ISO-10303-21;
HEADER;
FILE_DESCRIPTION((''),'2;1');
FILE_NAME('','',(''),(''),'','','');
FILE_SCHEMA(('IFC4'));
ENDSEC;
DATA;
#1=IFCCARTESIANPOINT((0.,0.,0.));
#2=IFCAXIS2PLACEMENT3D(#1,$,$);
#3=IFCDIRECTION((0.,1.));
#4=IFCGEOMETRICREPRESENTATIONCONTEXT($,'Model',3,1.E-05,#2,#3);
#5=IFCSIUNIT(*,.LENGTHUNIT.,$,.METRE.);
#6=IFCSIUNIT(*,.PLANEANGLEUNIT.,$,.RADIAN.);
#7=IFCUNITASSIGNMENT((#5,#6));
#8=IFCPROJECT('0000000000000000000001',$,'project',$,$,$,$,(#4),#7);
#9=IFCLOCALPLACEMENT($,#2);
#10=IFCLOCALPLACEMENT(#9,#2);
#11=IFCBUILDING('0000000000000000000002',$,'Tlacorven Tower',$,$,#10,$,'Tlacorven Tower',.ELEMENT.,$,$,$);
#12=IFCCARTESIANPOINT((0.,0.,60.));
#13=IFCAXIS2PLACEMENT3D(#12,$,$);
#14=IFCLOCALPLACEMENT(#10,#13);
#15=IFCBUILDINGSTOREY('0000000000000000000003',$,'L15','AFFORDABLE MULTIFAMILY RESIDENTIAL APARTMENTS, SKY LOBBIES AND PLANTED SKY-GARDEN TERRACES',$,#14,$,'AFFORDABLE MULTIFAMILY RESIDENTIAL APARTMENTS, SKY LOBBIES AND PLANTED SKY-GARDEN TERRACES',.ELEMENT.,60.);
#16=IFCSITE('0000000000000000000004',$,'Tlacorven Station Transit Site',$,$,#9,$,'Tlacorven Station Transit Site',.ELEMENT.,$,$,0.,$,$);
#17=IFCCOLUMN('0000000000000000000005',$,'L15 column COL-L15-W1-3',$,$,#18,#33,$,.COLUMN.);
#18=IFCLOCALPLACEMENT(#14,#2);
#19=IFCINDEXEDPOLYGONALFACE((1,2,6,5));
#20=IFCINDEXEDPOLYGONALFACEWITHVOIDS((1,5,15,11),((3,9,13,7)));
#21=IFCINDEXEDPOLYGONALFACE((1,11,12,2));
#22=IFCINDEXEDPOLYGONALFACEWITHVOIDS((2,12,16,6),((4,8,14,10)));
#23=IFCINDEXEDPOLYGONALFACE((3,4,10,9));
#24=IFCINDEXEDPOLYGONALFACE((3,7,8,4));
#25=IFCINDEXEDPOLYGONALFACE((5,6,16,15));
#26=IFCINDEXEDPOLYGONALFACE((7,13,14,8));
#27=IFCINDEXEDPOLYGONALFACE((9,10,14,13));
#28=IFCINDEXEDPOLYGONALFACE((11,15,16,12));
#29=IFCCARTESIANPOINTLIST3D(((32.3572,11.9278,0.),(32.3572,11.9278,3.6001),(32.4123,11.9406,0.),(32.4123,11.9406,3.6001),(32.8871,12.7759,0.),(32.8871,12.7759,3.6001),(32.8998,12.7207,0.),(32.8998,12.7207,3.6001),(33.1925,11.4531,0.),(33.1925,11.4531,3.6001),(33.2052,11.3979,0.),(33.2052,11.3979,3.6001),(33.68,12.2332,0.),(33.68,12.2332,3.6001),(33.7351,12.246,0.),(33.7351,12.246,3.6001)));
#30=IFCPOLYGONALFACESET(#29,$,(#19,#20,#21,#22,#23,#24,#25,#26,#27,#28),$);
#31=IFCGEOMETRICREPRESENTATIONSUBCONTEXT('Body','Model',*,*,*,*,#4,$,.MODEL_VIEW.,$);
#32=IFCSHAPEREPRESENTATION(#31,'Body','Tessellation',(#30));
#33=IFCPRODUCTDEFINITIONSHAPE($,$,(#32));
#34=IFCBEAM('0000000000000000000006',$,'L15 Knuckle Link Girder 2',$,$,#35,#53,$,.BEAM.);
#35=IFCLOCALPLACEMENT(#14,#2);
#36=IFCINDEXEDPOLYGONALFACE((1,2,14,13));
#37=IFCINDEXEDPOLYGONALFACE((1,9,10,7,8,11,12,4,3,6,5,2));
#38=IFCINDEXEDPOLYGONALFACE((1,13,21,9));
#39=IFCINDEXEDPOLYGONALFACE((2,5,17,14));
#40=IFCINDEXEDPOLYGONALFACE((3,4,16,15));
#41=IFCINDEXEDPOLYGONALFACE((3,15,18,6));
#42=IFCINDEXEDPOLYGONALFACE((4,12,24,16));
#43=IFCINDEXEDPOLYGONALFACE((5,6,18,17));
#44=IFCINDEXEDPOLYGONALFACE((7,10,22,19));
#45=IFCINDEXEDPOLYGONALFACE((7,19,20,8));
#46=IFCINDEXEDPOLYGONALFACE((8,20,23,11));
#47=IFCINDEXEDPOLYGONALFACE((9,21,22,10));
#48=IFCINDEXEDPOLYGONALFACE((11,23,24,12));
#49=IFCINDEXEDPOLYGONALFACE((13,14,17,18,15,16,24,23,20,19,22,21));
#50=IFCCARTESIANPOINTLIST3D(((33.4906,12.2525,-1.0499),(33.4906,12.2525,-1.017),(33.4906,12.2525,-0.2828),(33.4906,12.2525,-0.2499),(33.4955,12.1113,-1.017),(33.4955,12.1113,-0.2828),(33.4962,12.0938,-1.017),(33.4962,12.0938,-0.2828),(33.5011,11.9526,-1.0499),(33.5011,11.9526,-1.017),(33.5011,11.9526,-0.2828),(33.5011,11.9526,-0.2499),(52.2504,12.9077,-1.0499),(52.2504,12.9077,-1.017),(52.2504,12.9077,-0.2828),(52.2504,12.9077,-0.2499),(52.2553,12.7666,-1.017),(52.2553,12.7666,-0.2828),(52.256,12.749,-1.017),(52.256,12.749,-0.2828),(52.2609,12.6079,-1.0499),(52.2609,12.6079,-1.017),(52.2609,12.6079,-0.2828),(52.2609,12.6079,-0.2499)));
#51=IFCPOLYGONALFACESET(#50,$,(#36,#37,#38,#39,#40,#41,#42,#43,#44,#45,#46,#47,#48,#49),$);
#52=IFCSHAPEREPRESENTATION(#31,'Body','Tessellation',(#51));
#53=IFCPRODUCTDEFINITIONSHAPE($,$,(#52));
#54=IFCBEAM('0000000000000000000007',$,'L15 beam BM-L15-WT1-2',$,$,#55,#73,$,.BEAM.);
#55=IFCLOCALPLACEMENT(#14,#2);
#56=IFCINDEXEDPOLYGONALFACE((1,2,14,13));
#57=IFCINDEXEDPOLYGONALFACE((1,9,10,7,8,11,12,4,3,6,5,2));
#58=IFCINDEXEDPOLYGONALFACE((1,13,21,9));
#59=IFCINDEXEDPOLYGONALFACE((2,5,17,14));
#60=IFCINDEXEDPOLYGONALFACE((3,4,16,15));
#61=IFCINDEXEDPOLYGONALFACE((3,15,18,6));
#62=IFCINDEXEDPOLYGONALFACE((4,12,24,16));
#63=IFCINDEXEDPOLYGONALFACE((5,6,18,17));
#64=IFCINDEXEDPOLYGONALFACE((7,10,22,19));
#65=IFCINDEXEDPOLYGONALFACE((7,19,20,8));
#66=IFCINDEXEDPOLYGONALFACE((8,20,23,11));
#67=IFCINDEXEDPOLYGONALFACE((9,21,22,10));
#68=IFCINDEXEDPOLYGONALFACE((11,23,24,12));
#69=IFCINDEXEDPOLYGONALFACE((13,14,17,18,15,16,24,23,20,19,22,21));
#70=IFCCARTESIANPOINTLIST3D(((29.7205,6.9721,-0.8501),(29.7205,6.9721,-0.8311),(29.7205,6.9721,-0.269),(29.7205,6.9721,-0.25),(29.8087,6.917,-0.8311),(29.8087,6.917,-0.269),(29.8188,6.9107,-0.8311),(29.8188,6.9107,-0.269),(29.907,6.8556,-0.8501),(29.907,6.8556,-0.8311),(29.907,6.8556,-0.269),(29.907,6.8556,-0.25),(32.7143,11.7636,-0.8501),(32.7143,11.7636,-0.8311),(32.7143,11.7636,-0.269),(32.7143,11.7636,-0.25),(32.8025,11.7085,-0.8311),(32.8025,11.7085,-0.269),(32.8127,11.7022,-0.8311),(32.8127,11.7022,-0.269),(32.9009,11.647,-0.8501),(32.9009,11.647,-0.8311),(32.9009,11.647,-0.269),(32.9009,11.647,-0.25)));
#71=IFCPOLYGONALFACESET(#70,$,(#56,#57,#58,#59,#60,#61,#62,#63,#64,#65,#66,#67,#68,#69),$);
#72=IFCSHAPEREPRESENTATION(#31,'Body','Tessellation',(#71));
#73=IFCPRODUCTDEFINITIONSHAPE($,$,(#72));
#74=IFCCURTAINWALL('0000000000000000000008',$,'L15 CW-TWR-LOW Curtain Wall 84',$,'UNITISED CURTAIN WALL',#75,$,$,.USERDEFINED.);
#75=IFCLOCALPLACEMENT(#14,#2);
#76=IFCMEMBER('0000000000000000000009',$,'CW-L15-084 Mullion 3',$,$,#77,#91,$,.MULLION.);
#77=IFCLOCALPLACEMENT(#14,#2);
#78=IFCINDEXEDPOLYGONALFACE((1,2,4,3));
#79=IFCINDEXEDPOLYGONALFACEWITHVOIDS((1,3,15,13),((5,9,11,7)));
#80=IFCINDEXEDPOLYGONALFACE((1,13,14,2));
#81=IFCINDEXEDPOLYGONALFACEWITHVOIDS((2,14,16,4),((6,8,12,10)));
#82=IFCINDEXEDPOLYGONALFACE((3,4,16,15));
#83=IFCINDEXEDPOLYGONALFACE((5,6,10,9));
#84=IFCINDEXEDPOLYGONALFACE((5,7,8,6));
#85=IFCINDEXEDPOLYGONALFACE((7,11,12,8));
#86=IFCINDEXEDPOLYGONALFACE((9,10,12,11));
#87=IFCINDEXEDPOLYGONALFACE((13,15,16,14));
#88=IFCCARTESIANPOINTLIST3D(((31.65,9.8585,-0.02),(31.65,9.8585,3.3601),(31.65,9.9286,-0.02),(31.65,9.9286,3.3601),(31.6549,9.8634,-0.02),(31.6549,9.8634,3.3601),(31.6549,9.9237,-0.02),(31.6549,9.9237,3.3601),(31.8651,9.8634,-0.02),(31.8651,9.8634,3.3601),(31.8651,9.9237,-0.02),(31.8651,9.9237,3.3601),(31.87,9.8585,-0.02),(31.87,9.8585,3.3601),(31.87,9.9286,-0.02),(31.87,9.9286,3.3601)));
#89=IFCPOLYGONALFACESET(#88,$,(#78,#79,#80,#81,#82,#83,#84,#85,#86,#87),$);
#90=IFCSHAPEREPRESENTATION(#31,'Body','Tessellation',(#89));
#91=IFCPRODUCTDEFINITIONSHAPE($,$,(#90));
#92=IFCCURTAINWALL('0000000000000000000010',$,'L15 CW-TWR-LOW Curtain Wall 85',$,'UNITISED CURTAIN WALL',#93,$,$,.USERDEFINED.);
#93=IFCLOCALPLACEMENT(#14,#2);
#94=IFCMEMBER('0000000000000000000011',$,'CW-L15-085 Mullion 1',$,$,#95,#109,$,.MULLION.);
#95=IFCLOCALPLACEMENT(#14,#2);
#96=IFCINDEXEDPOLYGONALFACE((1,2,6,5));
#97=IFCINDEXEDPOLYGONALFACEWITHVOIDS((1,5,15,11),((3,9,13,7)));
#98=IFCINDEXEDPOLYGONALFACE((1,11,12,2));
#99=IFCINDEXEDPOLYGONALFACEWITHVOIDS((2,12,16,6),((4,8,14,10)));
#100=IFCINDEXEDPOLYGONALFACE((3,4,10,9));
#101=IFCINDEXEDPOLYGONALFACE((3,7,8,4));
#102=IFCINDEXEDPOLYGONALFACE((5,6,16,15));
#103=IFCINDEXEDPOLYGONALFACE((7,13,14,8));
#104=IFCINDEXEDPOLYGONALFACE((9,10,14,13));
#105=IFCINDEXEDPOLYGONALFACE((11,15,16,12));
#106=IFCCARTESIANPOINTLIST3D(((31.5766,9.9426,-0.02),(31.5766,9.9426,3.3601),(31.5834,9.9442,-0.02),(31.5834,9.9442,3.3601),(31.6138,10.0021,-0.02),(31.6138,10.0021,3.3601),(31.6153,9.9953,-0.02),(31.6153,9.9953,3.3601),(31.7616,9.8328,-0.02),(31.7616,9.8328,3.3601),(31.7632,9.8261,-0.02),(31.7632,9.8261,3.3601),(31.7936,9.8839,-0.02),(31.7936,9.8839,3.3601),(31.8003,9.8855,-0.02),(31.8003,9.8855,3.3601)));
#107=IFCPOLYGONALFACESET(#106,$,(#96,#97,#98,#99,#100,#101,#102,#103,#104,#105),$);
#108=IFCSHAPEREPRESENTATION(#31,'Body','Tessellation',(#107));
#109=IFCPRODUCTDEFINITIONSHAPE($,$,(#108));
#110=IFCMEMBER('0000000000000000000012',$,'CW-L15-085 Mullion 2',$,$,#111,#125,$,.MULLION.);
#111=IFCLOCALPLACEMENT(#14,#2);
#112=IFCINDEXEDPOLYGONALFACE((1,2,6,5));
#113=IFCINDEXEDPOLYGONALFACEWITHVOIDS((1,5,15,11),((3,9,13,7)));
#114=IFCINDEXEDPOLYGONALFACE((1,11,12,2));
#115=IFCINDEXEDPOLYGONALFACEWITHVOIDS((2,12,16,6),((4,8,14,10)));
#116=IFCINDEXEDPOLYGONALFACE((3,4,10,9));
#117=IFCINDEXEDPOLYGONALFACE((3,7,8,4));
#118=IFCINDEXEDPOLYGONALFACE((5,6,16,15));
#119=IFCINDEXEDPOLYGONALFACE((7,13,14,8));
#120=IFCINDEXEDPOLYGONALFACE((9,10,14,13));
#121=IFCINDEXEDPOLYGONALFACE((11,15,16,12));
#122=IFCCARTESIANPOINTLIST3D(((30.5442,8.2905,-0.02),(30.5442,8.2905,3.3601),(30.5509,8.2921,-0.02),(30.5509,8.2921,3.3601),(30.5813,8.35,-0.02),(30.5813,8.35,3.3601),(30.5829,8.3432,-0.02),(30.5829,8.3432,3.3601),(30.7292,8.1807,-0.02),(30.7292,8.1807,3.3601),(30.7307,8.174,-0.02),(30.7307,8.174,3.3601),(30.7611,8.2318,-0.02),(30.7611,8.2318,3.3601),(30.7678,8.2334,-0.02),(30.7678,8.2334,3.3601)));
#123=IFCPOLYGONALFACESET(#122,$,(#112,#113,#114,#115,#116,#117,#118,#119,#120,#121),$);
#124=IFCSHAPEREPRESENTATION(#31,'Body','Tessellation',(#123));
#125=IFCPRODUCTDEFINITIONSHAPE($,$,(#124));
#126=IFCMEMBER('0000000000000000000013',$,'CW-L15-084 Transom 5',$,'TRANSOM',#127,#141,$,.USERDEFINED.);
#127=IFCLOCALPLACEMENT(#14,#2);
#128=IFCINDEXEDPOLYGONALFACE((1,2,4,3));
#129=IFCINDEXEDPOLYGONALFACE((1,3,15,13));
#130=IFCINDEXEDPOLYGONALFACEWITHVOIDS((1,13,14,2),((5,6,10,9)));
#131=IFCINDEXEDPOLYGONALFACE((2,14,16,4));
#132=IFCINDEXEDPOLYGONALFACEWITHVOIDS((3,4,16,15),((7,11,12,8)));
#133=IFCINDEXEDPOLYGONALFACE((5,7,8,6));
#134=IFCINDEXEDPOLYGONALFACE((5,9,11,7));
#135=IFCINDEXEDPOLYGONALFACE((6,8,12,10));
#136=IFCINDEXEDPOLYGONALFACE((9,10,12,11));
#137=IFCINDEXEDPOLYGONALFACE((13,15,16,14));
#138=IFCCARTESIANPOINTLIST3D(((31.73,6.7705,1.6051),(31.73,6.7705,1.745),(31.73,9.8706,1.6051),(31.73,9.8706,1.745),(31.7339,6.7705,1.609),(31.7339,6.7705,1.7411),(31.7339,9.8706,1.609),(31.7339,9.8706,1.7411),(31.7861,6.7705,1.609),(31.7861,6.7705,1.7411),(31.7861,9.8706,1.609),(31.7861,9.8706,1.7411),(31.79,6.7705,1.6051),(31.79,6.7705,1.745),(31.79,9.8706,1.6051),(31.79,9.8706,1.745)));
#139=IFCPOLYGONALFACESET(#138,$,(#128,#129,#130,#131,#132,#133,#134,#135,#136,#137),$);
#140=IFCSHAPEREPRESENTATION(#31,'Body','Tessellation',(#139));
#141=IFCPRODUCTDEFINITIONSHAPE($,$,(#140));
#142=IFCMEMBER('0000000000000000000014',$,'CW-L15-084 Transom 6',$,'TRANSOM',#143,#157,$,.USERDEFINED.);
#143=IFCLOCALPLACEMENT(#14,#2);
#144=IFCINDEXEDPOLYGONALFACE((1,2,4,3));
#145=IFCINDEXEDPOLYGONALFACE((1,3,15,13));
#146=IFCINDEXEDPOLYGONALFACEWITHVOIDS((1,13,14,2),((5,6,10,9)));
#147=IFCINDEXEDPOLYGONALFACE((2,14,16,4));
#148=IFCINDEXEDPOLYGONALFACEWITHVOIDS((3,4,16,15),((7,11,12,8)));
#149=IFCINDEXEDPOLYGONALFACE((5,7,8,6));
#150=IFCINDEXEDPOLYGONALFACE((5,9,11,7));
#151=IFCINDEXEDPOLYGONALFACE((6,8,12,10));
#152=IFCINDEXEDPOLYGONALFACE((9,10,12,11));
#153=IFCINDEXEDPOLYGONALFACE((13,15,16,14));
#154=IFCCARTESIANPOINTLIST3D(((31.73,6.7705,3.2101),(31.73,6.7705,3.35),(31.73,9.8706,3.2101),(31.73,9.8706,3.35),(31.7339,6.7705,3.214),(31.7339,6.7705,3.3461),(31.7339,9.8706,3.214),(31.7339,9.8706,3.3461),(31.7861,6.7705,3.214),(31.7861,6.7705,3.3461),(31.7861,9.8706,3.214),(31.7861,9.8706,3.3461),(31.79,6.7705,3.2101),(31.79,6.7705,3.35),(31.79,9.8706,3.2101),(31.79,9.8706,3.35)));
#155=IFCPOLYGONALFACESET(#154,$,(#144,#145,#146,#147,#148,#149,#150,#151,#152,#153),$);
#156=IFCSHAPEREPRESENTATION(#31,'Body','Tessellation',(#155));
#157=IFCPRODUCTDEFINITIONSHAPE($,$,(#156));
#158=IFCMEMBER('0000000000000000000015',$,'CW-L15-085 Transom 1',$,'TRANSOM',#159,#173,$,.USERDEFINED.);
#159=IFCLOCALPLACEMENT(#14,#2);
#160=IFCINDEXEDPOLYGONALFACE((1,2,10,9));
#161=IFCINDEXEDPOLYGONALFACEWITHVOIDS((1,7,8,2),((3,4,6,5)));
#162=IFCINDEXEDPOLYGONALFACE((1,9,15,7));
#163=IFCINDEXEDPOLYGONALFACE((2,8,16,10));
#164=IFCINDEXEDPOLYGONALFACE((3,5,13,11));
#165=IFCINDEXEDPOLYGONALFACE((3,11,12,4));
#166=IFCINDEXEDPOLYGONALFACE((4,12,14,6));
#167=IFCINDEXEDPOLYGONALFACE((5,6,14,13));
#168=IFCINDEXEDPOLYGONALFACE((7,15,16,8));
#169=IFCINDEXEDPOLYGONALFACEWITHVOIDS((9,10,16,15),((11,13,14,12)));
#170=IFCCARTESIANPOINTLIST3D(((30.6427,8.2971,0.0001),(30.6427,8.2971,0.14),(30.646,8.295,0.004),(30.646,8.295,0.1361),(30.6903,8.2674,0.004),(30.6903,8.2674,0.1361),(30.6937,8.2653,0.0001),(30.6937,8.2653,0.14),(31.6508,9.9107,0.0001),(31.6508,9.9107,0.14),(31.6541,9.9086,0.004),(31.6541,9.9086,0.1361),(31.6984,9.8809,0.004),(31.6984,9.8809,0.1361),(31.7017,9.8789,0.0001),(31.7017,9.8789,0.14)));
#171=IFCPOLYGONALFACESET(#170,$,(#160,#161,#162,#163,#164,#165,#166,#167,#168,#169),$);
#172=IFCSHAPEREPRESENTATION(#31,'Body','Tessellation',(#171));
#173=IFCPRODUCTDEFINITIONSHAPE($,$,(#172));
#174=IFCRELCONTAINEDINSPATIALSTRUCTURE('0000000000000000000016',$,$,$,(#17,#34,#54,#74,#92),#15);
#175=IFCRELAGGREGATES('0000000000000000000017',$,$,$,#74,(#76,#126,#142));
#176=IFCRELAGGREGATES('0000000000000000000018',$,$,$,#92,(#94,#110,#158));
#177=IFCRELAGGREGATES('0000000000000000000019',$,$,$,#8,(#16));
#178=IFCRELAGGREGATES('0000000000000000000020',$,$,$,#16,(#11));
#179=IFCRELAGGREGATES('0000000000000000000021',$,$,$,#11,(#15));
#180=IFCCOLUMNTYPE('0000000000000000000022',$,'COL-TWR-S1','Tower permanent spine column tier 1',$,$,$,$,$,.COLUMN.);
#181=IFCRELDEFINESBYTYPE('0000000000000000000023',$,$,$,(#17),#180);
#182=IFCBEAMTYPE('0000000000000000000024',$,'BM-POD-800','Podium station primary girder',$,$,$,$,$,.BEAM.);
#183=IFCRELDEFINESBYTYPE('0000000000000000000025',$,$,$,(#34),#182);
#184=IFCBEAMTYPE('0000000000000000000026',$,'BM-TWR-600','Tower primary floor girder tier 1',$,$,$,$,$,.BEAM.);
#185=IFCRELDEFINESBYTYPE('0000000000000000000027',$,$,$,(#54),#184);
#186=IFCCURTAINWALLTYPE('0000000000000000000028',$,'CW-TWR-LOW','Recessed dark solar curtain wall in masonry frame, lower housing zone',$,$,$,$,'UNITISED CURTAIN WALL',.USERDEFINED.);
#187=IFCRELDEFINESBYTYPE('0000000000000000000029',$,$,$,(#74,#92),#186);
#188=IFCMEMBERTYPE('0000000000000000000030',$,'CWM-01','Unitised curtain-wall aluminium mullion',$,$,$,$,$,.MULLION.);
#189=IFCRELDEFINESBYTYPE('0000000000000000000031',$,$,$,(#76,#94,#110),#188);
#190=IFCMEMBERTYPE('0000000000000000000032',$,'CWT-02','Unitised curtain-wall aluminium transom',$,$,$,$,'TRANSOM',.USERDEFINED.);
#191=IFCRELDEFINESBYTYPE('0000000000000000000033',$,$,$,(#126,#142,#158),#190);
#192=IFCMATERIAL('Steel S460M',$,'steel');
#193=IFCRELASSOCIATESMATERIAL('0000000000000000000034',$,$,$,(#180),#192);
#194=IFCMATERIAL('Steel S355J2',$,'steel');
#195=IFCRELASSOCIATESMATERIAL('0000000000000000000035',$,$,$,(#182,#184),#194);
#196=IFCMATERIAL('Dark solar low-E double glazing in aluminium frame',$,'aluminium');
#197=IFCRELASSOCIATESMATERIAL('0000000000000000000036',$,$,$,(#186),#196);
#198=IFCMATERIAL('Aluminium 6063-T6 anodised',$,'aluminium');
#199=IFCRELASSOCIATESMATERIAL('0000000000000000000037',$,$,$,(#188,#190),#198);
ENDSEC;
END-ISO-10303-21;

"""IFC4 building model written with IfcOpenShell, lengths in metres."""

from ifc_helpers import new_model, si_unit, direction, frame, origin, origin_2d, place, context, subcontext, project, spatial, hollow_rectangle, i_section, extrude, source, transform, mapped, material, material_profile, profile_set, type_object, element, aggregate, save


model = new_model("IFC4")

# Units and contexts
model_context = context("Model", 3, precision=1e-05, world=origin(), true_north=direction((0.0, 1.0)))
body_context = subcontext(model_context, "Body", "Model", "MODEL_VIEW")
ifc_project = project(units=[si_unit("LENGTHUNIT", "METRE"), si_unit("PLANEANGLEUNIT", "RADIAN")], contexts=[model_context])

# Site, building, storey
site_placement = place(None, origin())
site = spatial("IfcSite", under=ifc_project, at=site_placement, Name="Tlacorven Station Transit Site", LongName="Tlacorven Station Transit Site", CompositionType="ELEMENT", RefElevation=0.0)
building_placement = place(site_placement, origin())
building = spatial("IfcBuilding", under=site, at=building_placement, Name="Tlacorven Tower", LongName="Tlacorven Tower", CompositionType="ELEMENT")
storey_placement = place(building_placement, frame((0.0, 0.0, 60.0)))
storey = spatial("IfcBuildingStorey", under=building, at=storey_placement, Name="L15", Description="AFFORDABLE MULTIFAMILY RESIDENTIAL APARTMENTS, SKY LOBBIES AND PLANTED SKY-GARDEN TERRACES", LongName="AFFORDABLE MULTIFAMILY RESIDENTIAL APARTMENTS, SKY LOBBIES AND PLANTED SKY-GARDEN TERRACES", CompositionType="ELEMENT", Elevation=60.0)

# Column
ifc_material_1 = material(Name="Steel S460M", Category="steel")
ifc_material_profile_1 = material_profile(ifc_material_1, hollow_rectangle(XDim=1.0, YDim=1.0, WallThickness=0.04, at=origin_2d()), Name="BOX 1000X1000X40")
ifc_profile_set_1 = profile_set([ifc_material_profile_1], Name="Steel S460M")
column_type = type_object("IfcColumnType", Name="COL-TWR-S1", Description="Tower permanent spine column tier 1", PredefinedType="COLUMN", material=ifc_profile_set_1)
shared_shape_1 = source(origin(), body_context, "Body", "SweptSolid", [
    extrude(hollow_rectangle(XDim=1.0, YDim=1.0, WallThickness=0.04, at=origin_2d()), origin(), (0.0, 0.0, 1.0), 3.6001),
])
column_placement = place(storey_placement, frame((33.0461, 12.0869, 0.0), z_axis=(0.0, 0.0, 1.0), x_axis=(-0.848048, 0.529919, 0.0)))
element("IfcColumn", 1, at=column_placement, inside=storey, type_object=column_type, Name="L15 column COL-L15-W1-3", PredefinedType="COLUMN", context=body_context, shape_type="MappedRepresentation", body=[
    mapped(shared_shape_1, transform((0.0, 0.0, 0.0), scale=1.0)),
])

# Beams
ifc_material_2 = material(Name="Steel S355J2", Category="steel")
ifc_material_profile_2 = material_profile(ifc_material_2, i_section(OverallWidth=0.3, OverallDepth=0.8, WebThickness=0.0176, FlangeThickness=0.033, at=origin_2d()), Name="HEB 800")
ifc_profile_set_2 = profile_set([ifc_material_profile_2], Name="Steel S355J2")
beam_type_1 = type_object("IfcBeamType", Name="BM-POD-800", Description="Podium station primary girder", PredefinedType="BEAM", material=ifc_profile_set_2)
shared_shape_2 = source(origin(), body_context, "Body", "SweptSolid", [
    extrude(i_section(OverallWidth=0.3, OverallDepth=0.8, WebThickness=0.0176, FlangeThickness=0.033, at=origin_2d()), origin(), (0.0, 0.0, 1.0), 18.7712),
])
beam_1_placement = place(storey_placement, frame((33.4958, 12.1025, -0.6499), z_axis=(0.999391, 0.034908, 0.0), x_axis=(-0.034908, 0.999391, 0.0)))
element("IfcBeam", 2, at=beam_1_placement, inside=storey, type_object=beam_type_1, Name="L15 Knuckle Link Girder 2", PredefinedType="BEAM", context=body_context, shape_type="MappedRepresentation", body=[
    mapped(shared_shape_2, transform((0.0, 0.0, 0.0), scale=1.0)),
])
ifc_material_profile_3 = material_profile(ifc_material_2, i_section(OverallWidth=0.22, OverallDepth=0.6001, WebThickness=0.012, FlangeThickness=0.019, at=origin_2d()), Name="IPE 600")
ifc_profile_set_3 = profile_set([ifc_material_profile_3], Name="Steel S355J2")
beam_type_2 = type_object("IfcBeamType", Name="BM-TWR-600", Description="Tower primary floor girder tier 1", PredefinedType="BEAM", material=ifc_profile_set_3)
shared_shape_3 = source(origin(), body_context, "Body", "SweptSolid", [
    extrude(i_section(OverallWidth=0.22, OverallDepth=0.6001, WebThickness=0.012, FlangeThickness=0.019, at=origin_2d()), origin(), (0.0, 0.0, 1.0), 5.6499),
])
beam_2_placement = place(storey_placement, frame((32.8076, 11.7053, -0.55), z_axis=(-0.529898, -0.848061, 0.0), x_axis=(0.848061, -0.529898, 0.0)))
element("IfcBeam", 3, at=beam_2_placement, inside=storey, type_object=beam_type_2, Name="L15 beam BM-L15-WT1-2", PredefinedType="BEAM", context=body_context, shape_type="MappedRepresentation", body=[
    mapped(shared_shape_3, transform((0.0, 0.0, 0.0), scale=1.0)),
])

# Curtain wall, member
ifc_material_3 = material(Name="Dark solar low-E double glazing in aluminium frame", Category="aluminium")
curtain_wall_type = type_object("IfcCurtainWallType", Name="CW-TWR-LOW", Description="Recessed dark solar curtain wall in masonry frame, lower housing zone", ElementType="UNITISED CURTAIN WALL", PredefinedType="USERDEFINED", material=ifc_material_3)
curtain_wall_1_placement = place(storey_placement, origin())
curtain_wall_1 = element("IfcCurtainWall", 4, at=curtain_wall_1_placement, inside=storey, type_object=curtain_wall_type, Name="L15 CW-TWR-LOW Curtain Wall 84", ObjectType="UNITISED CURTAIN WALL", PredefinedType="USERDEFINED")
ifc_material_4 = material(Name="Aluminium 6063-T6 anodised", Category="aluminium")
ifc_material_profile_4 = material_profile(ifc_material_4, hollow_rectangle(XDim=0.0701, YDim=0.22, WallThickness=0.0049, at=origin_2d()), Name="ALU MULLION 70X220")
ifc_profile_set_4 = profile_set([ifc_material_profile_4], Name="Aluminium 6063-T6 anodised")
member_type_1 = type_object("IfcMemberType", Name="CWM-01", Description="Unitised curtain-wall aluminium mullion", PredefinedType="MULLION", material=ifc_profile_set_4)
shared_shape_4 = source(origin(), body_context, "Body", "SweptSolid", [
    extrude(hollow_rectangle(XDim=0.0701, YDim=0.22, WallThickness=0.0049, at=origin_2d()), origin(), (0.0, 0.0, 1.0), 3.3801),
])
member_1_placement = place(storey_placement, frame((31.76, 9.8936, -0.02), z_axis=(0.0, 0.0, 1.0), x_axis=(0.0, 1.0, 0.0)))
member_1 = element("IfcMember", 5, at=member_1_placement, type_object=member_type_1, Name="CW-L15-084 Mullion 3", PredefinedType="MULLION", context=body_context, shape_type="MappedRepresentation", body=[
    mapped(shared_shape_4, transform((0.0, 0.0, 0.0), scale=1.0)),
])

# Curtain wall, members
curtain_wall_2_placement = place(storey_placement, origin())
curtain_wall_2 = element("IfcCurtainWall", 6, at=curtain_wall_2_placement, inside=storey, type_object=curtain_wall_type, Name="L15 CW-TWR-LOW Curtain Wall 85", ObjectType="UNITISED CURTAIN WALL", PredefinedType="USERDEFINED")
member_2_placement = place(storey_placement, frame((31.6885, 9.9141, -0.02), z_axis=(0.0, 0.0, 1.0), x_axis=(-0.529919, -0.848048, 0.0)))
member_2 = element("IfcMember", 7, at=member_2_placement, type_object=member_type_1, Name="CW-L15-085 Mullion 1", PredefinedType="MULLION", context=body_context, shape_type="MappedRepresentation", body=[
    mapped(shared_shape_4, transform((0.0, 0.0, 0.0), scale=1.0)),
])
member_3_placement = place(storey_placement, frame((30.656, 8.262, -0.02), z_axis=(0.0, 0.0, 1.0), x_axis=(-0.529919, -0.848048, 0.0)))
member_3 = element("IfcMember", 8, at=member_3_placement, type_object=member_type_1, Name="CW-L15-085 Mullion 2", PredefinedType="MULLION", context=body_context, shape_type="MappedRepresentation", body=[
    mapped(shared_shape_4, transform((0.0, 0.0, 0.0), scale=1.0)),
])

# Members
ifc_material_profile_5 = material_profile(ifc_material_4, hollow_rectangle(XDim=0.0601, YDim=0.1399, WallThickness=0.0039, at=origin_2d()), Name="ALU TRANSOM 60X140")
ifc_profile_set_5 = profile_set([ifc_material_profile_5], Name="Aluminium 6063-T6 anodised")
member_type_2 = type_object("IfcMemberType", Name="CWT-02", Description="Unitised curtain-wall aluminium transom", ElementType="TRANSOM", PredefinedType="USERDEFINED", material=ifc_profile_set_5)
shared_shape_5 = source(origin(), body_context, "Body", "SweptSolid", [
    extrude(hollow_rectangle(XDim=0.0601, YDim=0.1399, WallThickness=0.0039, at=origin_2d()), origin(), (0.0, 0.0, 1.0), 3.1001),
])
member_4_placement = place(storey_placement, frame((31.76, 6.7705, 1.675), z_axis=(0.0, 1.0, 0.0), x_axis=(-1.0, 0.0, 0.0)))
member_4 = element("IfcMember", 9, at=member_4_placement, type_object=member_type_2, Name="CW-L15-084 Transom 5", ObjectType="TRANSOM", PredefinedType="USERDEFINED", context=body_context, shape_type="MappedRepresentation", body=[
    mapped(shared_shape_5, transform((0.0, 0.0, 0.0), scale=1.0)),
])
member_5_placement = place(storey_placement, frame((31.76, 6.7705, 3.28), z_axis=(0.0, 1.0, 0.0), x_axis=(-1.0, 0.0, 0.0)))
member_5 = element("IfcMember", 10, at=member_5_placement, type_object=member_type_2, Name="CW-L15-084 Transom 6", ObjectType="TRANSOM", PredefinedType="USERDEFINED", context=body_context, shape_type="MappedRepresentation", body=[
    mapped(shared_shape_5, transform((0.0, 0.0, 0.0), scale=1.0)),
])
shared_shape_6 = source(origin(), body_context, "Body", "SweptSolid", [
    extrude(hollow_rectangle(XDim=0.0601, YDim=0.1399, WallThickness=0.0039, at=origin_2d()), origin(), (0.0, 0.0, 1.0), 1.9026),
])
member_6_placement = place(storey_placement, frame((31.6763, 9.8948, 0.0701), z_axis=(-0.529849, -0.848092, 0.0), x_axis=(0.848092, -0.529849, 0.0)))
member_6 = element("IfcMember", 11, at=member_6_placement, type_object=member_type_2, Name="CW-L15-085 Transom 1", ObjectType="TRANSOM", PredefinedType="USERDEFINED", context=body_context, shape_type="MappedRepresentation", body=[
    mapped(shared_shape_6, transform((0.0, 0.0, 0.0), scale=1.0)),
])

aggregate(curtain_wall_1, [member_1, member_4, member_5])
aggregate(curtain_wall_2, [member_2, member_3, member_6])

save(model, "model.ifc")
